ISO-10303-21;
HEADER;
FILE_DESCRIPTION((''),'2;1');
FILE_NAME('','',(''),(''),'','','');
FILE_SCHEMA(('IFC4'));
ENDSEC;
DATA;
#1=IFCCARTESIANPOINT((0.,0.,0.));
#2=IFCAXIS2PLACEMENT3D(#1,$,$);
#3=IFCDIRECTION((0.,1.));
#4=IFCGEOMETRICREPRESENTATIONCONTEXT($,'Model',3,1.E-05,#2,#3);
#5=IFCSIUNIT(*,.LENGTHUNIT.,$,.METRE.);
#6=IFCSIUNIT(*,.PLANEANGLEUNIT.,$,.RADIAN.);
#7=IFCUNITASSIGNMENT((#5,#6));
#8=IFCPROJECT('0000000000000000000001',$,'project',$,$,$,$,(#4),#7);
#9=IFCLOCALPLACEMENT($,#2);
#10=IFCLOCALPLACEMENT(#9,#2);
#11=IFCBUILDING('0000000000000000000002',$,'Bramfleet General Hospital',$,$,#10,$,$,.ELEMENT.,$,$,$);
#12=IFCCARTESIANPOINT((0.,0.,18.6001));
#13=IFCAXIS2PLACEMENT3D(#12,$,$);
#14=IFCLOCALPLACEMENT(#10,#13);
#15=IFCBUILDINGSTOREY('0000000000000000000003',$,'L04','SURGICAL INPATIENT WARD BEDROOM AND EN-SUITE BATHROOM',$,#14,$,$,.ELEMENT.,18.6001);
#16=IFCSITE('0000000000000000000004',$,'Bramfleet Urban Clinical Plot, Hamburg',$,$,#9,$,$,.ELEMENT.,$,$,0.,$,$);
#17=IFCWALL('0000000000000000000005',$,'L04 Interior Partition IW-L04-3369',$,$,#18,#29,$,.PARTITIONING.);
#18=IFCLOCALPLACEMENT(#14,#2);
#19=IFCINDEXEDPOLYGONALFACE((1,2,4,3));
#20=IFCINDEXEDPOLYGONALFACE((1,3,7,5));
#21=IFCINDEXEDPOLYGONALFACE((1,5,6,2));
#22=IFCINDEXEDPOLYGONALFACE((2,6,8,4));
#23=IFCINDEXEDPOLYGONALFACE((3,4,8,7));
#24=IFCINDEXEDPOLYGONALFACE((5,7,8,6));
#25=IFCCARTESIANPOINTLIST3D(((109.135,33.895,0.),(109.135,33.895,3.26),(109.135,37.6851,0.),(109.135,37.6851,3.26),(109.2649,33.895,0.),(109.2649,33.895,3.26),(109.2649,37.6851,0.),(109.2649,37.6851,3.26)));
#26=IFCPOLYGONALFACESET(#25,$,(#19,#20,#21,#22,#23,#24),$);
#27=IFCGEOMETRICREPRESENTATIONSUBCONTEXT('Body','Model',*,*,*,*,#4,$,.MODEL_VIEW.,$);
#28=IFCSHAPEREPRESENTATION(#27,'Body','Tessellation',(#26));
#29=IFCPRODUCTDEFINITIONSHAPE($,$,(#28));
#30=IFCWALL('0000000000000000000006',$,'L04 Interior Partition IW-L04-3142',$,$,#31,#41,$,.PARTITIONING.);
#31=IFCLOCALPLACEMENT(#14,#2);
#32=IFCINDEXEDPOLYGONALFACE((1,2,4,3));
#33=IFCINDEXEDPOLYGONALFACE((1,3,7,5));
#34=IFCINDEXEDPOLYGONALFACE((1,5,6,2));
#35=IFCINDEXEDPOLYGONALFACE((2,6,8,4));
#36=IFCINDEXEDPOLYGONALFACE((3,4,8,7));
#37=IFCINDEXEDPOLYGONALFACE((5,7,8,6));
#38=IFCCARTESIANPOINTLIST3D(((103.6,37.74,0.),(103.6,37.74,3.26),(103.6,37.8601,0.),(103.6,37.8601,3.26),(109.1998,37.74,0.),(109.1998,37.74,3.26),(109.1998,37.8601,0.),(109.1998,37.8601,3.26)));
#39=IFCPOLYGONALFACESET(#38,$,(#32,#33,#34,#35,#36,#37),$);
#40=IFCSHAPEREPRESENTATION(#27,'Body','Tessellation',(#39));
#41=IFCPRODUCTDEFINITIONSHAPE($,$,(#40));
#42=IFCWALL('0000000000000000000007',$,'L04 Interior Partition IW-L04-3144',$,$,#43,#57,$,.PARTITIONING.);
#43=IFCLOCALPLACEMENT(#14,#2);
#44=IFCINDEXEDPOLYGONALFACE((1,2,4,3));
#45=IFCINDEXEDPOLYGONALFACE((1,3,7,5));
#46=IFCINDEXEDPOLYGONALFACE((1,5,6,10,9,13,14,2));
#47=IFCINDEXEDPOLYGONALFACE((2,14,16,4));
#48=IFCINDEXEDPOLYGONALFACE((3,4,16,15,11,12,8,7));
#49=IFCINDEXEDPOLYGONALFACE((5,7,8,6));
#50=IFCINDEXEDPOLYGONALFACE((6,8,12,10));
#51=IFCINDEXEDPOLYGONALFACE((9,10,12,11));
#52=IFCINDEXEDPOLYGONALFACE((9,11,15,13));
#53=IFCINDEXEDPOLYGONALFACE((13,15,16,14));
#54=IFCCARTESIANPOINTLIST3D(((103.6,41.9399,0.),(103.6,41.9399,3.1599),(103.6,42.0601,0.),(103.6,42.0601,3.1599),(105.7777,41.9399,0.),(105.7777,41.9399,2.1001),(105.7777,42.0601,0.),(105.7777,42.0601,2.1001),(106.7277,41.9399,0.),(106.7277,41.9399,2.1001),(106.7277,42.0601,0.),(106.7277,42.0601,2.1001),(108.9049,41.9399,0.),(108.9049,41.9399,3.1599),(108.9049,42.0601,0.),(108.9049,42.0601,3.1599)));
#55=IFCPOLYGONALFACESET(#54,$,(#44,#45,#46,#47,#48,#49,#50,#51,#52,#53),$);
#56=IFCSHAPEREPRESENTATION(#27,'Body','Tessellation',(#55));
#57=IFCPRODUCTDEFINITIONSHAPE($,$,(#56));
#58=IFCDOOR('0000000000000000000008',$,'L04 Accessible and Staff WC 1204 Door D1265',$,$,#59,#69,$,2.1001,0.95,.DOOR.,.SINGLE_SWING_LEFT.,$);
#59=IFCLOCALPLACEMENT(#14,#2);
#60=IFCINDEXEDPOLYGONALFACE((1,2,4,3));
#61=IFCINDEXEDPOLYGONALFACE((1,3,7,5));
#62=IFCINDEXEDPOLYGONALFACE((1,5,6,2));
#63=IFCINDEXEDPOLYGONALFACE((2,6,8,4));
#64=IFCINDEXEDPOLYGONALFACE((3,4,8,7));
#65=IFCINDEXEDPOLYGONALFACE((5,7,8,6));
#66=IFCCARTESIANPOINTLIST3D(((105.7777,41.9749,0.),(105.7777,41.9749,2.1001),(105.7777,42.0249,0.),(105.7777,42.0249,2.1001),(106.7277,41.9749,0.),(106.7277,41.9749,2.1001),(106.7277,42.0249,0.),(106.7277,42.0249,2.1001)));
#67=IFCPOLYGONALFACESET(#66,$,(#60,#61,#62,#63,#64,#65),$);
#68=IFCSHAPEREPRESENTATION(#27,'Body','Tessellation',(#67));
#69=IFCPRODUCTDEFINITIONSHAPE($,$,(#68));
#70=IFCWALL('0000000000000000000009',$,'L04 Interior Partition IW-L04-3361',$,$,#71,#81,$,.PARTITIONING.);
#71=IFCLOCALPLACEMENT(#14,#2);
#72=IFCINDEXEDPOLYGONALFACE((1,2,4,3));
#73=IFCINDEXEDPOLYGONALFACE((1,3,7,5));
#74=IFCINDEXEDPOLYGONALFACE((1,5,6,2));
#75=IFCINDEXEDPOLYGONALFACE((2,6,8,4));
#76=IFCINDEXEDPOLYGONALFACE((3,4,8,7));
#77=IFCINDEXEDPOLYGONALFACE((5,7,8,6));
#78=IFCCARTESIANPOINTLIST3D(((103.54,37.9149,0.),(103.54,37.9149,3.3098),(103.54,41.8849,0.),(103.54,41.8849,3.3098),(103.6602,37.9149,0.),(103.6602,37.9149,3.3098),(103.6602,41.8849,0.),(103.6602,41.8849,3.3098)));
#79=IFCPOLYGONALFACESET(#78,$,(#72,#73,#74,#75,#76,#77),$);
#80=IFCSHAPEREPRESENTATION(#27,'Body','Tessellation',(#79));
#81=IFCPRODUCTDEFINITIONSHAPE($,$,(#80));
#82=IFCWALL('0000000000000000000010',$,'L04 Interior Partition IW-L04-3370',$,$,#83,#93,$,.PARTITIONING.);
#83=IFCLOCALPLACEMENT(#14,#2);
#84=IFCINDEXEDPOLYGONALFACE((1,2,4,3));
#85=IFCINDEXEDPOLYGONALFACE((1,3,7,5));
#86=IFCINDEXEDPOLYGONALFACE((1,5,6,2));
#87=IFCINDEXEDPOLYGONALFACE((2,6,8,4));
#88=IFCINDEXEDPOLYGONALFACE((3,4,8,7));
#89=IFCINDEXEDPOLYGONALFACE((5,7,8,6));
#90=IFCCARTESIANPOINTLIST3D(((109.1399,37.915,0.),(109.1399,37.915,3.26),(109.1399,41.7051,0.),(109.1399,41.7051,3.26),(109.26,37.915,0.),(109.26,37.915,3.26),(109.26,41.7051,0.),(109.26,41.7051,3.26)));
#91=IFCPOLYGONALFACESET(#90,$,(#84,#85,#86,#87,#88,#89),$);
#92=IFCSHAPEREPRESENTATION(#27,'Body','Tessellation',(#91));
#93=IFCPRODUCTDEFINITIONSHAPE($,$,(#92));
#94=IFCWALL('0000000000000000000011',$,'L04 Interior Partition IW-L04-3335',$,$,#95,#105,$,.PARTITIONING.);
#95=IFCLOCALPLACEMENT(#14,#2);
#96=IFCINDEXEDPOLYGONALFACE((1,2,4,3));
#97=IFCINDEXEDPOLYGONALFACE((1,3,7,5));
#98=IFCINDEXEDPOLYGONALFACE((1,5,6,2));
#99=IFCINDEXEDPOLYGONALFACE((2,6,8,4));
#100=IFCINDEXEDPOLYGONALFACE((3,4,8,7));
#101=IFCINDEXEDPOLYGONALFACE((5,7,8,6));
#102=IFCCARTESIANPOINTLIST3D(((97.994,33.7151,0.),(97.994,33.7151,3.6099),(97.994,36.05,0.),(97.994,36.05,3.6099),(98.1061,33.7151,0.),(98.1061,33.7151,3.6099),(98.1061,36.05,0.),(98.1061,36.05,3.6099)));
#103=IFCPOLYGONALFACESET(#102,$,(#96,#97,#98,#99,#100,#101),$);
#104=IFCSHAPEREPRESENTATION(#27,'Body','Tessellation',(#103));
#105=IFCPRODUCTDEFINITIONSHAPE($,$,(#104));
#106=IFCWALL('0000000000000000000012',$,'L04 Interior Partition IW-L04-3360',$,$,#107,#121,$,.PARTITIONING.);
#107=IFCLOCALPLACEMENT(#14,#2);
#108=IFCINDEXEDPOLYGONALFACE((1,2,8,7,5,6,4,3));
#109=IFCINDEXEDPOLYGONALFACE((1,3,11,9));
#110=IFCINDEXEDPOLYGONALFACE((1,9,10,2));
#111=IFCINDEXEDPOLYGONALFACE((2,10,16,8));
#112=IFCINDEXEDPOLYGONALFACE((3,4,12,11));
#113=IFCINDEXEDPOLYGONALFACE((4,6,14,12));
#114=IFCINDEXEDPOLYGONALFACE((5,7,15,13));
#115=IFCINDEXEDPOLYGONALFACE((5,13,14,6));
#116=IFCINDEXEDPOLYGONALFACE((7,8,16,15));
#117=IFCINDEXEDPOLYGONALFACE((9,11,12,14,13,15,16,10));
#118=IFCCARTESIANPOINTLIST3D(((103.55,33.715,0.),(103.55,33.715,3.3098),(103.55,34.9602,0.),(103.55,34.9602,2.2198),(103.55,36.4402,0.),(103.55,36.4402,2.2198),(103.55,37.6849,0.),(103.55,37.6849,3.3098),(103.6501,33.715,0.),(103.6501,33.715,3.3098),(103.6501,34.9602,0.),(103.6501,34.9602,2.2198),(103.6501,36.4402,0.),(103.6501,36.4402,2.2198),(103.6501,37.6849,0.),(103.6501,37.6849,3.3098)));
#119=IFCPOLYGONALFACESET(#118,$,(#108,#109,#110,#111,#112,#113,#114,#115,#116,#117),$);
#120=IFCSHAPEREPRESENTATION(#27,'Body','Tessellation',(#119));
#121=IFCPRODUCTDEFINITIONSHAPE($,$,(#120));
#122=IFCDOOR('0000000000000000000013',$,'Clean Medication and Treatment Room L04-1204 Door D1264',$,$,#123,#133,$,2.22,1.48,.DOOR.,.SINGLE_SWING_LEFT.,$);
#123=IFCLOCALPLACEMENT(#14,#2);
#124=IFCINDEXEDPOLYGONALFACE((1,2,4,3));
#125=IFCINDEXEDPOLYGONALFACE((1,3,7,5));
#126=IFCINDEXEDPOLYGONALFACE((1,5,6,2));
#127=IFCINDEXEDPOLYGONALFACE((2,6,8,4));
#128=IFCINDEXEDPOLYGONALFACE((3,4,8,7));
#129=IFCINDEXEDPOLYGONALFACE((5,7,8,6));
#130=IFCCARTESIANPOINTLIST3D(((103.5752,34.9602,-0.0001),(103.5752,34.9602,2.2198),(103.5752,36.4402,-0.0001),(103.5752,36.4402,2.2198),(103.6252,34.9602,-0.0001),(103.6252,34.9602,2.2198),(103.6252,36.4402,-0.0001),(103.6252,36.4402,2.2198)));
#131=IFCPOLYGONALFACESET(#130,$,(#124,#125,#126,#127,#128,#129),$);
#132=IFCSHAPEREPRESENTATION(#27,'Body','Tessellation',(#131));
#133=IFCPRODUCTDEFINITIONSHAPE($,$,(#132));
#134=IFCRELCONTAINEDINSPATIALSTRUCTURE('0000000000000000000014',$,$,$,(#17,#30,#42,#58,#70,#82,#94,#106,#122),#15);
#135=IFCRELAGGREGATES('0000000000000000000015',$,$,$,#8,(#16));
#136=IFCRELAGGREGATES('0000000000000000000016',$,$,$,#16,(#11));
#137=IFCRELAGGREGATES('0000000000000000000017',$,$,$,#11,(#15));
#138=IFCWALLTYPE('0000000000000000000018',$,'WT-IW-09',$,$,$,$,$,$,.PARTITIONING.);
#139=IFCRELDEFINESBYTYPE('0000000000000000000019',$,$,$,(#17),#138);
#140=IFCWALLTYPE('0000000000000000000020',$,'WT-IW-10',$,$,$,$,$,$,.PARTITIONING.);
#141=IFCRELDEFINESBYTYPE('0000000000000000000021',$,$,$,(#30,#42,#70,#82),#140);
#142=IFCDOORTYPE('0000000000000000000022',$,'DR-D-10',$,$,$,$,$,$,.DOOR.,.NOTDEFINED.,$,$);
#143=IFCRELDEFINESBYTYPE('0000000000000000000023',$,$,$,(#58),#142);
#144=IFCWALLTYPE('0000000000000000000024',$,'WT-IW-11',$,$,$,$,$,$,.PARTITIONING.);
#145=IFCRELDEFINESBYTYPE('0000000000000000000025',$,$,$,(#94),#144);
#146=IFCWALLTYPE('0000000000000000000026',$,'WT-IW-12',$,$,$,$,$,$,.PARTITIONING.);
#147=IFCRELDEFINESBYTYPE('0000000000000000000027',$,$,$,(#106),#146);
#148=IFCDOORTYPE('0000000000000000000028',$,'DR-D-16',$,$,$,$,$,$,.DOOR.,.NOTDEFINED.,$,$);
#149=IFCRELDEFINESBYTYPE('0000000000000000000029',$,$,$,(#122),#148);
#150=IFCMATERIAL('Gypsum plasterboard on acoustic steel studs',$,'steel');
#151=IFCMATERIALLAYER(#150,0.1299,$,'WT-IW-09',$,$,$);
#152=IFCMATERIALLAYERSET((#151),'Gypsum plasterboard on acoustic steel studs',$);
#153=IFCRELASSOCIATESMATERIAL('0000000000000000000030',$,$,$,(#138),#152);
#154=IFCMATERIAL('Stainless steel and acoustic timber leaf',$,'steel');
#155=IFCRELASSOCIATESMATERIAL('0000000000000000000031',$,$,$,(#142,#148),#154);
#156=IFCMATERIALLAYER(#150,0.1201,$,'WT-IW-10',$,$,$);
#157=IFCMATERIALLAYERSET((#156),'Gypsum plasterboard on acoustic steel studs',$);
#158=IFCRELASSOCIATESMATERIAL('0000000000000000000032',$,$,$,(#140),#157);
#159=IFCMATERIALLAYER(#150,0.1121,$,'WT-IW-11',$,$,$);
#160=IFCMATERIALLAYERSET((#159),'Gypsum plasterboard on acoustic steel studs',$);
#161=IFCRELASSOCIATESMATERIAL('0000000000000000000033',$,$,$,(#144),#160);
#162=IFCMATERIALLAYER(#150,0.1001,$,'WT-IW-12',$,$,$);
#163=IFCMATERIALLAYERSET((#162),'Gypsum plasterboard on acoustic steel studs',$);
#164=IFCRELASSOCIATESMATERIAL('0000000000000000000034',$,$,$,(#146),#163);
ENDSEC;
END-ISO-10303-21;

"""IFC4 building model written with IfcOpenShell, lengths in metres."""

from ifc_helpers import new_model, si_unit, direction, frame, frame_2d, origin, place, context, subcontext, project, spatial, rectangle, extrude, material, layer, layer_set, type_object, element, fill, save


model = new_model("IFC4")

# Units and contexts
model_context = context("Model", 3, precision=1e-05, world=origin(), true_north=direction((0.0, 1.0)))
body_context = subcontext(model_context, "Body", "Model", "MODEL_VIEW")
ifc_project = project(units=[si_unit("LENGTHUNIT", "METRE"), si_unit("PLANEANGLEUNIT", "RADIAN")], contexts=[model_context])

# Site, building, storey
site_placement = place(None, origin())
site = spatial("IfcSite", under=ifc_project, at=site_placement, Name="Bramfleet Urban Clinical Plot, Hamburg", CompositionType="ELEMENT", RefElevation=0.0)
building_placement = place(site_placement, origin())
building = spatial("IfcBuilding", under=site, at=building_placement, Name="Bramfleet General Hospital", CompositionType="ELEMENT")
storey_placement = place(building_placement, frame((0.0, 0.0, 18.6001)))
storey = spatial("IfcBuildingStorey", under=building, at=storey_placement, Name="L04", Description="SURGICAL INPATIENT WARD BEDROOM AND EN-SUITE BATHROOM", CompositionType="ELEMENT", Elevation=18.6001)

# Shared definitions
ifc_material_1 = material(Name="Stainless steel and acoustic timber leaf", Category="steel")

# Shared definitions
ifc_material_2 = material(Name="Gypsum plasterboard on acoustic steel studs", Category="steel")

# Shared definitions
ifc_layer_1 = layer(ifc_material_2, 0.1299, Name="WT-IW-09")
ifc_layer_set_1 = layer_set([ifc_layer_1], Name="Gypsum plasterboard on acoustic steel studs")
wall_type_1 = type_object("IfcWallType", Name="WT-IW-09", PredefinedType="PARTITIONING", material=ifc_layer_set_1)
door_type_1 = type_object("IfcDoorType", Name="DR-D-10", OperationType="NOTDEFINED", PredefinedType="DOOR", material=ifc_material_1)

# Walls
wall_1_placement = place(storey_placement, frame((109.2, 33.895, 0.0), z_axis=(0.0, 0.0, 1.0), x_axis=(0.0, 1.0, 0.0)))
element("IfcWall", 1, at=wall_1_placement, inside=storey, type_object=wall_type_1, Name="L04 Interior Partition IW-L04-3369", PredefinedType="PARTITIONING", context=body_context, shape_type="SweptSolid", body=[
    extrude(rectangle(XDim=3.79, YDim=0.1299, at=frame_2d((1.895, 0.0))), origin(), (0.0, 0.0, 1.0), 3.26),
])
ifc_layer_2 = layer(ifc_material_2, 0.1201, Name="WT-IW-10")
ifc_layer_set_2 = layer_set([ifc_layer_2], Name="Gypsum plasterboard on acoustic steel studs")
wall_type_2 = type_object("IfcWallType", Name="WT-IW-10", PredefinedType="PARTITIONING", material=ifc_layer_set_2)
wall_2_placement = place(storey_placement, frame((103.6001, 37.8, 0.0), z_axis=(0.0, 0.0, 1.0), x_axis=(1.0, 0.0, 0.0)))
element("IfcWall", 2, at=wall_2_placement, inside=storey, type_object=wall_type_2, Name="L04 Interior Partition IW-L04-3142", PredefinedType="PARTITIONING", context=body_context, shape_type="SweptSolid", body=[
    extrude(rectangle(XDim=5.5999, YDim=0.1201, at=frame_2d((2.7998, 0.0))), origin(), (0.0, 0.0, 1.0), 3.26),
])

# Wall, opening, door
wall_3_placement = place(storey_placement, frame((103.6001, 42.0, 0.0), z_axis=(0.0, 0.0, 1.0), x_axis=(1.0, 0.0, 0.0)))
wall_3 = element("IfcWall", 3, at=wall_3_placement, inside=storey, type_object=wall_type_2, Name="L04 Interior Partition IW-L04-3144", PredefinedType="PARTITIONING", context=body_context, shape_type="SweptSolid", body=[
    extrude(rectangle(XDim=5.3049, YDim=0.1201, at=frame_2d((2.6523, 0.0))), origin(), (0.0, 0.0, 1.0), 3.1599),
])
opening_1_placement = place(wall_3_placement, frame((2.1775, 0.0, 0.0)))
opening_1 = element("IfcOpeningElement", 4, at=opening_1_placement, cuts=wall_3, PredefinedType="OPENING", context=body_context, shape_type="SweptSolid", body=[
    extrude(rectangle(XDim=0.95, YDim=2.1001, at=frame_2d((0.4751, 1.05))), frame((0.0, 0.0701, 0.0), z_axis=(0.0, -1.0, 0.0), x_axis=(1.0, 0.0, 0.0)), (0.0, 0.0, 1.0), 0.1401),
])
door_1_placement = place(opening_1_placement, origin())
door_1 = element("IfcDoor", 5, at=door_1_placement, inside=storey, type_object=door_type_1, Name="L04 Accessible and Staff WC 1204 Door D1265", OperationType="SINGLE_SWING_LEFT", OverallHeight=2.1001, OverallWidth=0.95, PredefinedType="DOOR", context=body_context, shape_type="SweptSolid", body=[
    extrude(rectangle(XDim=0.95, YDim=2.1001, at=frame_2d((0.4751, 1.05))), frame((0.0, 0.0249, 0.0), z_axis=(0.0, -1.0, 0.0), x_axis=(1.0, 0.0, 0.0)), (0.0, 0.0, 1.0), 0.05),
])
fill(opening_1, door_1)

# Walls
wall_4_placement = place(storey_placement, frame((103.6001, 37.915, 0.0), z_axis=(0.0, 0.0, 1.0), x_axis=(0.0, 1.0, 0.0)))
element("IfcWall", 6, at=wall_4_placement, inside=storey, type_object=wall_type_2, Name="L04 Interior Partition IW-L04-3361", PredefinedType="PARTITIONING", context=body_context, shape_type="SweptSolid", body=[
    extrude(rectangle(XDim=3.97, YDim=0.1201, at=frame_2d((1.9849, 0.0))), origin(), (0.0, 0.0, 1.0), 3.3098),
])
wall_5_placement = place(storey_placement, frame((109.2, 37.915, 0.0), z_axis=(0.0, 0.0, 1.0), x_axis=(0.0, 1.0, 0.0)))
element("IfcWall", 7, at=wall_5_placement, inside=storey, type_object=wall_type_2, Name="L04 Interior Partition IW-L04-3370", PredefinedType="PARTITIONING", context=body_context, shape_type="SweptSolid", body=[
    extrude(rectangle(XDim=3.79, YDim=0.1201, at=frame_2d((1.895, 0.0))), origin(), (0.0, 0.0, 1.0), 3.26),
])
ifc_layer_3 = layer(ifc_material_2, 0.1121, Name="WT-IW-11")
ifc_layer_set_3 = layer_set([ifc_layer_3], Name="Gypsum plasterboard on acoustic steel studs")
wall_type_3 = type_object("IfcWallType", Name="WT-IW-11", PredefinedType="PARTITIONING", material=ifc_layer_set_3)
wall_6_placement = place(storey_placement, frame((98.05, 33.7151, 0.0), z_axis=(0.0, 0.0, 1.0), x_axis=(0.0, 1.0, 0.0)))
element("IfcWall", 8, at=wall_6_placement, inside=storey, type_object=wall_type_3, Name="L04 Interior Partition IW-L04-3335", PredefinedType="PARTITIONING", context=body_context, shape_type="SweptSolid", body=[
    extrude(rectangle(XDim=2.335, YDim=0.1121, at=frame_2d((1.1675, 0.0))), origin(), (0.0, 0.0, 1.0), 3.6099),
])

# Wall, opening, door
ifc_layer_4 = layer(ifc_material_2, 0.1001, Name="WT-IW-12")
ifc_layer_set_4 = layer_set([ifc_layer_4], Name="Gypsum plasterboard on acoustic steel studs")
wall_type_4 = type_object("IfcWallType", Name="WT-IW-12", PredefinedType="PARTITIONING", material=ifc_layer_set_4)
wall_7_placement = place(storey_placement, frame((103.6001, 33.7151, 0.0), z_axis=(0.0, 0.0, 1.0), x_axis=(0.0, 1.0, 0.0)))
wall_7 = element("IfcWall", 9, at=wall_7_placement, inside=storey, type_object=wall_type_4, Name="L04 Interior Partition IW-L04-3360", PredefinedType="PARTITIONING", context=body_context, shape_type="SweptSolid", body=[
    extrude(rectangle(XDim=3.97, YDim=0.1001, at=frame_2d((1.9849, 0.0))), origin(), (0.0, 0.0, 1.0), 3.3098),
])
opening_2_placement = place(wall_7_placement, frame((1.2451, 0.0, 0.0)))
opening_2 = element("IfcOpeningElement", 10, at=opening_2_placement, cuts=wall_7, PredefinedType="OPENING", context=body_context, shape_type="SweptSolid", body=[
    extrude(rectangle(XDim=1.48, YDim=2.22, at=frame_2d((0.74, 1.1099))), frame((0.0, 0.0601, 0.0), z_axis=(0.0, -1.0, 0.0), x_axis=(1.0, 0.0, 0.0)), (0.0, 0.0, 1.0), 0.1201),
])
door_type_2 = type_object("IfcDoorType", Name="DR-D-16", OperationType="NOTDEFINED", PredefinedType="DOOR", material=ifc_material_1)
door_2_placement = place(opening_2_placement, origin())
door_2 = element("IfcDoor", 11, at=door_2_placement, inside=storey, type_object=door_type_2, Name="Clean Medication and Treatment Room L04-1204 Door D1264", OperationType="SINGLE_SWING_LEFT", OverallHeight=2.22, OverallWidth=1.48, PredefinedType="DOOR", context=body_context, shape_type="SweptSolid", body=[
    extrude(rectangle(XDim=1.48, YDim=2.22, at=frame_2d((0.74, 1.1099))), frame((0.0, 0.0249, 0.0), z_axis=(0.0, -1.0, 0.0), x_axis=(1.0, 0.0, 0.0)), (0.0, 0.0, 1.0), 0.05),
])
fill(opening_2, door_2)

save(model, "model.ifc")
